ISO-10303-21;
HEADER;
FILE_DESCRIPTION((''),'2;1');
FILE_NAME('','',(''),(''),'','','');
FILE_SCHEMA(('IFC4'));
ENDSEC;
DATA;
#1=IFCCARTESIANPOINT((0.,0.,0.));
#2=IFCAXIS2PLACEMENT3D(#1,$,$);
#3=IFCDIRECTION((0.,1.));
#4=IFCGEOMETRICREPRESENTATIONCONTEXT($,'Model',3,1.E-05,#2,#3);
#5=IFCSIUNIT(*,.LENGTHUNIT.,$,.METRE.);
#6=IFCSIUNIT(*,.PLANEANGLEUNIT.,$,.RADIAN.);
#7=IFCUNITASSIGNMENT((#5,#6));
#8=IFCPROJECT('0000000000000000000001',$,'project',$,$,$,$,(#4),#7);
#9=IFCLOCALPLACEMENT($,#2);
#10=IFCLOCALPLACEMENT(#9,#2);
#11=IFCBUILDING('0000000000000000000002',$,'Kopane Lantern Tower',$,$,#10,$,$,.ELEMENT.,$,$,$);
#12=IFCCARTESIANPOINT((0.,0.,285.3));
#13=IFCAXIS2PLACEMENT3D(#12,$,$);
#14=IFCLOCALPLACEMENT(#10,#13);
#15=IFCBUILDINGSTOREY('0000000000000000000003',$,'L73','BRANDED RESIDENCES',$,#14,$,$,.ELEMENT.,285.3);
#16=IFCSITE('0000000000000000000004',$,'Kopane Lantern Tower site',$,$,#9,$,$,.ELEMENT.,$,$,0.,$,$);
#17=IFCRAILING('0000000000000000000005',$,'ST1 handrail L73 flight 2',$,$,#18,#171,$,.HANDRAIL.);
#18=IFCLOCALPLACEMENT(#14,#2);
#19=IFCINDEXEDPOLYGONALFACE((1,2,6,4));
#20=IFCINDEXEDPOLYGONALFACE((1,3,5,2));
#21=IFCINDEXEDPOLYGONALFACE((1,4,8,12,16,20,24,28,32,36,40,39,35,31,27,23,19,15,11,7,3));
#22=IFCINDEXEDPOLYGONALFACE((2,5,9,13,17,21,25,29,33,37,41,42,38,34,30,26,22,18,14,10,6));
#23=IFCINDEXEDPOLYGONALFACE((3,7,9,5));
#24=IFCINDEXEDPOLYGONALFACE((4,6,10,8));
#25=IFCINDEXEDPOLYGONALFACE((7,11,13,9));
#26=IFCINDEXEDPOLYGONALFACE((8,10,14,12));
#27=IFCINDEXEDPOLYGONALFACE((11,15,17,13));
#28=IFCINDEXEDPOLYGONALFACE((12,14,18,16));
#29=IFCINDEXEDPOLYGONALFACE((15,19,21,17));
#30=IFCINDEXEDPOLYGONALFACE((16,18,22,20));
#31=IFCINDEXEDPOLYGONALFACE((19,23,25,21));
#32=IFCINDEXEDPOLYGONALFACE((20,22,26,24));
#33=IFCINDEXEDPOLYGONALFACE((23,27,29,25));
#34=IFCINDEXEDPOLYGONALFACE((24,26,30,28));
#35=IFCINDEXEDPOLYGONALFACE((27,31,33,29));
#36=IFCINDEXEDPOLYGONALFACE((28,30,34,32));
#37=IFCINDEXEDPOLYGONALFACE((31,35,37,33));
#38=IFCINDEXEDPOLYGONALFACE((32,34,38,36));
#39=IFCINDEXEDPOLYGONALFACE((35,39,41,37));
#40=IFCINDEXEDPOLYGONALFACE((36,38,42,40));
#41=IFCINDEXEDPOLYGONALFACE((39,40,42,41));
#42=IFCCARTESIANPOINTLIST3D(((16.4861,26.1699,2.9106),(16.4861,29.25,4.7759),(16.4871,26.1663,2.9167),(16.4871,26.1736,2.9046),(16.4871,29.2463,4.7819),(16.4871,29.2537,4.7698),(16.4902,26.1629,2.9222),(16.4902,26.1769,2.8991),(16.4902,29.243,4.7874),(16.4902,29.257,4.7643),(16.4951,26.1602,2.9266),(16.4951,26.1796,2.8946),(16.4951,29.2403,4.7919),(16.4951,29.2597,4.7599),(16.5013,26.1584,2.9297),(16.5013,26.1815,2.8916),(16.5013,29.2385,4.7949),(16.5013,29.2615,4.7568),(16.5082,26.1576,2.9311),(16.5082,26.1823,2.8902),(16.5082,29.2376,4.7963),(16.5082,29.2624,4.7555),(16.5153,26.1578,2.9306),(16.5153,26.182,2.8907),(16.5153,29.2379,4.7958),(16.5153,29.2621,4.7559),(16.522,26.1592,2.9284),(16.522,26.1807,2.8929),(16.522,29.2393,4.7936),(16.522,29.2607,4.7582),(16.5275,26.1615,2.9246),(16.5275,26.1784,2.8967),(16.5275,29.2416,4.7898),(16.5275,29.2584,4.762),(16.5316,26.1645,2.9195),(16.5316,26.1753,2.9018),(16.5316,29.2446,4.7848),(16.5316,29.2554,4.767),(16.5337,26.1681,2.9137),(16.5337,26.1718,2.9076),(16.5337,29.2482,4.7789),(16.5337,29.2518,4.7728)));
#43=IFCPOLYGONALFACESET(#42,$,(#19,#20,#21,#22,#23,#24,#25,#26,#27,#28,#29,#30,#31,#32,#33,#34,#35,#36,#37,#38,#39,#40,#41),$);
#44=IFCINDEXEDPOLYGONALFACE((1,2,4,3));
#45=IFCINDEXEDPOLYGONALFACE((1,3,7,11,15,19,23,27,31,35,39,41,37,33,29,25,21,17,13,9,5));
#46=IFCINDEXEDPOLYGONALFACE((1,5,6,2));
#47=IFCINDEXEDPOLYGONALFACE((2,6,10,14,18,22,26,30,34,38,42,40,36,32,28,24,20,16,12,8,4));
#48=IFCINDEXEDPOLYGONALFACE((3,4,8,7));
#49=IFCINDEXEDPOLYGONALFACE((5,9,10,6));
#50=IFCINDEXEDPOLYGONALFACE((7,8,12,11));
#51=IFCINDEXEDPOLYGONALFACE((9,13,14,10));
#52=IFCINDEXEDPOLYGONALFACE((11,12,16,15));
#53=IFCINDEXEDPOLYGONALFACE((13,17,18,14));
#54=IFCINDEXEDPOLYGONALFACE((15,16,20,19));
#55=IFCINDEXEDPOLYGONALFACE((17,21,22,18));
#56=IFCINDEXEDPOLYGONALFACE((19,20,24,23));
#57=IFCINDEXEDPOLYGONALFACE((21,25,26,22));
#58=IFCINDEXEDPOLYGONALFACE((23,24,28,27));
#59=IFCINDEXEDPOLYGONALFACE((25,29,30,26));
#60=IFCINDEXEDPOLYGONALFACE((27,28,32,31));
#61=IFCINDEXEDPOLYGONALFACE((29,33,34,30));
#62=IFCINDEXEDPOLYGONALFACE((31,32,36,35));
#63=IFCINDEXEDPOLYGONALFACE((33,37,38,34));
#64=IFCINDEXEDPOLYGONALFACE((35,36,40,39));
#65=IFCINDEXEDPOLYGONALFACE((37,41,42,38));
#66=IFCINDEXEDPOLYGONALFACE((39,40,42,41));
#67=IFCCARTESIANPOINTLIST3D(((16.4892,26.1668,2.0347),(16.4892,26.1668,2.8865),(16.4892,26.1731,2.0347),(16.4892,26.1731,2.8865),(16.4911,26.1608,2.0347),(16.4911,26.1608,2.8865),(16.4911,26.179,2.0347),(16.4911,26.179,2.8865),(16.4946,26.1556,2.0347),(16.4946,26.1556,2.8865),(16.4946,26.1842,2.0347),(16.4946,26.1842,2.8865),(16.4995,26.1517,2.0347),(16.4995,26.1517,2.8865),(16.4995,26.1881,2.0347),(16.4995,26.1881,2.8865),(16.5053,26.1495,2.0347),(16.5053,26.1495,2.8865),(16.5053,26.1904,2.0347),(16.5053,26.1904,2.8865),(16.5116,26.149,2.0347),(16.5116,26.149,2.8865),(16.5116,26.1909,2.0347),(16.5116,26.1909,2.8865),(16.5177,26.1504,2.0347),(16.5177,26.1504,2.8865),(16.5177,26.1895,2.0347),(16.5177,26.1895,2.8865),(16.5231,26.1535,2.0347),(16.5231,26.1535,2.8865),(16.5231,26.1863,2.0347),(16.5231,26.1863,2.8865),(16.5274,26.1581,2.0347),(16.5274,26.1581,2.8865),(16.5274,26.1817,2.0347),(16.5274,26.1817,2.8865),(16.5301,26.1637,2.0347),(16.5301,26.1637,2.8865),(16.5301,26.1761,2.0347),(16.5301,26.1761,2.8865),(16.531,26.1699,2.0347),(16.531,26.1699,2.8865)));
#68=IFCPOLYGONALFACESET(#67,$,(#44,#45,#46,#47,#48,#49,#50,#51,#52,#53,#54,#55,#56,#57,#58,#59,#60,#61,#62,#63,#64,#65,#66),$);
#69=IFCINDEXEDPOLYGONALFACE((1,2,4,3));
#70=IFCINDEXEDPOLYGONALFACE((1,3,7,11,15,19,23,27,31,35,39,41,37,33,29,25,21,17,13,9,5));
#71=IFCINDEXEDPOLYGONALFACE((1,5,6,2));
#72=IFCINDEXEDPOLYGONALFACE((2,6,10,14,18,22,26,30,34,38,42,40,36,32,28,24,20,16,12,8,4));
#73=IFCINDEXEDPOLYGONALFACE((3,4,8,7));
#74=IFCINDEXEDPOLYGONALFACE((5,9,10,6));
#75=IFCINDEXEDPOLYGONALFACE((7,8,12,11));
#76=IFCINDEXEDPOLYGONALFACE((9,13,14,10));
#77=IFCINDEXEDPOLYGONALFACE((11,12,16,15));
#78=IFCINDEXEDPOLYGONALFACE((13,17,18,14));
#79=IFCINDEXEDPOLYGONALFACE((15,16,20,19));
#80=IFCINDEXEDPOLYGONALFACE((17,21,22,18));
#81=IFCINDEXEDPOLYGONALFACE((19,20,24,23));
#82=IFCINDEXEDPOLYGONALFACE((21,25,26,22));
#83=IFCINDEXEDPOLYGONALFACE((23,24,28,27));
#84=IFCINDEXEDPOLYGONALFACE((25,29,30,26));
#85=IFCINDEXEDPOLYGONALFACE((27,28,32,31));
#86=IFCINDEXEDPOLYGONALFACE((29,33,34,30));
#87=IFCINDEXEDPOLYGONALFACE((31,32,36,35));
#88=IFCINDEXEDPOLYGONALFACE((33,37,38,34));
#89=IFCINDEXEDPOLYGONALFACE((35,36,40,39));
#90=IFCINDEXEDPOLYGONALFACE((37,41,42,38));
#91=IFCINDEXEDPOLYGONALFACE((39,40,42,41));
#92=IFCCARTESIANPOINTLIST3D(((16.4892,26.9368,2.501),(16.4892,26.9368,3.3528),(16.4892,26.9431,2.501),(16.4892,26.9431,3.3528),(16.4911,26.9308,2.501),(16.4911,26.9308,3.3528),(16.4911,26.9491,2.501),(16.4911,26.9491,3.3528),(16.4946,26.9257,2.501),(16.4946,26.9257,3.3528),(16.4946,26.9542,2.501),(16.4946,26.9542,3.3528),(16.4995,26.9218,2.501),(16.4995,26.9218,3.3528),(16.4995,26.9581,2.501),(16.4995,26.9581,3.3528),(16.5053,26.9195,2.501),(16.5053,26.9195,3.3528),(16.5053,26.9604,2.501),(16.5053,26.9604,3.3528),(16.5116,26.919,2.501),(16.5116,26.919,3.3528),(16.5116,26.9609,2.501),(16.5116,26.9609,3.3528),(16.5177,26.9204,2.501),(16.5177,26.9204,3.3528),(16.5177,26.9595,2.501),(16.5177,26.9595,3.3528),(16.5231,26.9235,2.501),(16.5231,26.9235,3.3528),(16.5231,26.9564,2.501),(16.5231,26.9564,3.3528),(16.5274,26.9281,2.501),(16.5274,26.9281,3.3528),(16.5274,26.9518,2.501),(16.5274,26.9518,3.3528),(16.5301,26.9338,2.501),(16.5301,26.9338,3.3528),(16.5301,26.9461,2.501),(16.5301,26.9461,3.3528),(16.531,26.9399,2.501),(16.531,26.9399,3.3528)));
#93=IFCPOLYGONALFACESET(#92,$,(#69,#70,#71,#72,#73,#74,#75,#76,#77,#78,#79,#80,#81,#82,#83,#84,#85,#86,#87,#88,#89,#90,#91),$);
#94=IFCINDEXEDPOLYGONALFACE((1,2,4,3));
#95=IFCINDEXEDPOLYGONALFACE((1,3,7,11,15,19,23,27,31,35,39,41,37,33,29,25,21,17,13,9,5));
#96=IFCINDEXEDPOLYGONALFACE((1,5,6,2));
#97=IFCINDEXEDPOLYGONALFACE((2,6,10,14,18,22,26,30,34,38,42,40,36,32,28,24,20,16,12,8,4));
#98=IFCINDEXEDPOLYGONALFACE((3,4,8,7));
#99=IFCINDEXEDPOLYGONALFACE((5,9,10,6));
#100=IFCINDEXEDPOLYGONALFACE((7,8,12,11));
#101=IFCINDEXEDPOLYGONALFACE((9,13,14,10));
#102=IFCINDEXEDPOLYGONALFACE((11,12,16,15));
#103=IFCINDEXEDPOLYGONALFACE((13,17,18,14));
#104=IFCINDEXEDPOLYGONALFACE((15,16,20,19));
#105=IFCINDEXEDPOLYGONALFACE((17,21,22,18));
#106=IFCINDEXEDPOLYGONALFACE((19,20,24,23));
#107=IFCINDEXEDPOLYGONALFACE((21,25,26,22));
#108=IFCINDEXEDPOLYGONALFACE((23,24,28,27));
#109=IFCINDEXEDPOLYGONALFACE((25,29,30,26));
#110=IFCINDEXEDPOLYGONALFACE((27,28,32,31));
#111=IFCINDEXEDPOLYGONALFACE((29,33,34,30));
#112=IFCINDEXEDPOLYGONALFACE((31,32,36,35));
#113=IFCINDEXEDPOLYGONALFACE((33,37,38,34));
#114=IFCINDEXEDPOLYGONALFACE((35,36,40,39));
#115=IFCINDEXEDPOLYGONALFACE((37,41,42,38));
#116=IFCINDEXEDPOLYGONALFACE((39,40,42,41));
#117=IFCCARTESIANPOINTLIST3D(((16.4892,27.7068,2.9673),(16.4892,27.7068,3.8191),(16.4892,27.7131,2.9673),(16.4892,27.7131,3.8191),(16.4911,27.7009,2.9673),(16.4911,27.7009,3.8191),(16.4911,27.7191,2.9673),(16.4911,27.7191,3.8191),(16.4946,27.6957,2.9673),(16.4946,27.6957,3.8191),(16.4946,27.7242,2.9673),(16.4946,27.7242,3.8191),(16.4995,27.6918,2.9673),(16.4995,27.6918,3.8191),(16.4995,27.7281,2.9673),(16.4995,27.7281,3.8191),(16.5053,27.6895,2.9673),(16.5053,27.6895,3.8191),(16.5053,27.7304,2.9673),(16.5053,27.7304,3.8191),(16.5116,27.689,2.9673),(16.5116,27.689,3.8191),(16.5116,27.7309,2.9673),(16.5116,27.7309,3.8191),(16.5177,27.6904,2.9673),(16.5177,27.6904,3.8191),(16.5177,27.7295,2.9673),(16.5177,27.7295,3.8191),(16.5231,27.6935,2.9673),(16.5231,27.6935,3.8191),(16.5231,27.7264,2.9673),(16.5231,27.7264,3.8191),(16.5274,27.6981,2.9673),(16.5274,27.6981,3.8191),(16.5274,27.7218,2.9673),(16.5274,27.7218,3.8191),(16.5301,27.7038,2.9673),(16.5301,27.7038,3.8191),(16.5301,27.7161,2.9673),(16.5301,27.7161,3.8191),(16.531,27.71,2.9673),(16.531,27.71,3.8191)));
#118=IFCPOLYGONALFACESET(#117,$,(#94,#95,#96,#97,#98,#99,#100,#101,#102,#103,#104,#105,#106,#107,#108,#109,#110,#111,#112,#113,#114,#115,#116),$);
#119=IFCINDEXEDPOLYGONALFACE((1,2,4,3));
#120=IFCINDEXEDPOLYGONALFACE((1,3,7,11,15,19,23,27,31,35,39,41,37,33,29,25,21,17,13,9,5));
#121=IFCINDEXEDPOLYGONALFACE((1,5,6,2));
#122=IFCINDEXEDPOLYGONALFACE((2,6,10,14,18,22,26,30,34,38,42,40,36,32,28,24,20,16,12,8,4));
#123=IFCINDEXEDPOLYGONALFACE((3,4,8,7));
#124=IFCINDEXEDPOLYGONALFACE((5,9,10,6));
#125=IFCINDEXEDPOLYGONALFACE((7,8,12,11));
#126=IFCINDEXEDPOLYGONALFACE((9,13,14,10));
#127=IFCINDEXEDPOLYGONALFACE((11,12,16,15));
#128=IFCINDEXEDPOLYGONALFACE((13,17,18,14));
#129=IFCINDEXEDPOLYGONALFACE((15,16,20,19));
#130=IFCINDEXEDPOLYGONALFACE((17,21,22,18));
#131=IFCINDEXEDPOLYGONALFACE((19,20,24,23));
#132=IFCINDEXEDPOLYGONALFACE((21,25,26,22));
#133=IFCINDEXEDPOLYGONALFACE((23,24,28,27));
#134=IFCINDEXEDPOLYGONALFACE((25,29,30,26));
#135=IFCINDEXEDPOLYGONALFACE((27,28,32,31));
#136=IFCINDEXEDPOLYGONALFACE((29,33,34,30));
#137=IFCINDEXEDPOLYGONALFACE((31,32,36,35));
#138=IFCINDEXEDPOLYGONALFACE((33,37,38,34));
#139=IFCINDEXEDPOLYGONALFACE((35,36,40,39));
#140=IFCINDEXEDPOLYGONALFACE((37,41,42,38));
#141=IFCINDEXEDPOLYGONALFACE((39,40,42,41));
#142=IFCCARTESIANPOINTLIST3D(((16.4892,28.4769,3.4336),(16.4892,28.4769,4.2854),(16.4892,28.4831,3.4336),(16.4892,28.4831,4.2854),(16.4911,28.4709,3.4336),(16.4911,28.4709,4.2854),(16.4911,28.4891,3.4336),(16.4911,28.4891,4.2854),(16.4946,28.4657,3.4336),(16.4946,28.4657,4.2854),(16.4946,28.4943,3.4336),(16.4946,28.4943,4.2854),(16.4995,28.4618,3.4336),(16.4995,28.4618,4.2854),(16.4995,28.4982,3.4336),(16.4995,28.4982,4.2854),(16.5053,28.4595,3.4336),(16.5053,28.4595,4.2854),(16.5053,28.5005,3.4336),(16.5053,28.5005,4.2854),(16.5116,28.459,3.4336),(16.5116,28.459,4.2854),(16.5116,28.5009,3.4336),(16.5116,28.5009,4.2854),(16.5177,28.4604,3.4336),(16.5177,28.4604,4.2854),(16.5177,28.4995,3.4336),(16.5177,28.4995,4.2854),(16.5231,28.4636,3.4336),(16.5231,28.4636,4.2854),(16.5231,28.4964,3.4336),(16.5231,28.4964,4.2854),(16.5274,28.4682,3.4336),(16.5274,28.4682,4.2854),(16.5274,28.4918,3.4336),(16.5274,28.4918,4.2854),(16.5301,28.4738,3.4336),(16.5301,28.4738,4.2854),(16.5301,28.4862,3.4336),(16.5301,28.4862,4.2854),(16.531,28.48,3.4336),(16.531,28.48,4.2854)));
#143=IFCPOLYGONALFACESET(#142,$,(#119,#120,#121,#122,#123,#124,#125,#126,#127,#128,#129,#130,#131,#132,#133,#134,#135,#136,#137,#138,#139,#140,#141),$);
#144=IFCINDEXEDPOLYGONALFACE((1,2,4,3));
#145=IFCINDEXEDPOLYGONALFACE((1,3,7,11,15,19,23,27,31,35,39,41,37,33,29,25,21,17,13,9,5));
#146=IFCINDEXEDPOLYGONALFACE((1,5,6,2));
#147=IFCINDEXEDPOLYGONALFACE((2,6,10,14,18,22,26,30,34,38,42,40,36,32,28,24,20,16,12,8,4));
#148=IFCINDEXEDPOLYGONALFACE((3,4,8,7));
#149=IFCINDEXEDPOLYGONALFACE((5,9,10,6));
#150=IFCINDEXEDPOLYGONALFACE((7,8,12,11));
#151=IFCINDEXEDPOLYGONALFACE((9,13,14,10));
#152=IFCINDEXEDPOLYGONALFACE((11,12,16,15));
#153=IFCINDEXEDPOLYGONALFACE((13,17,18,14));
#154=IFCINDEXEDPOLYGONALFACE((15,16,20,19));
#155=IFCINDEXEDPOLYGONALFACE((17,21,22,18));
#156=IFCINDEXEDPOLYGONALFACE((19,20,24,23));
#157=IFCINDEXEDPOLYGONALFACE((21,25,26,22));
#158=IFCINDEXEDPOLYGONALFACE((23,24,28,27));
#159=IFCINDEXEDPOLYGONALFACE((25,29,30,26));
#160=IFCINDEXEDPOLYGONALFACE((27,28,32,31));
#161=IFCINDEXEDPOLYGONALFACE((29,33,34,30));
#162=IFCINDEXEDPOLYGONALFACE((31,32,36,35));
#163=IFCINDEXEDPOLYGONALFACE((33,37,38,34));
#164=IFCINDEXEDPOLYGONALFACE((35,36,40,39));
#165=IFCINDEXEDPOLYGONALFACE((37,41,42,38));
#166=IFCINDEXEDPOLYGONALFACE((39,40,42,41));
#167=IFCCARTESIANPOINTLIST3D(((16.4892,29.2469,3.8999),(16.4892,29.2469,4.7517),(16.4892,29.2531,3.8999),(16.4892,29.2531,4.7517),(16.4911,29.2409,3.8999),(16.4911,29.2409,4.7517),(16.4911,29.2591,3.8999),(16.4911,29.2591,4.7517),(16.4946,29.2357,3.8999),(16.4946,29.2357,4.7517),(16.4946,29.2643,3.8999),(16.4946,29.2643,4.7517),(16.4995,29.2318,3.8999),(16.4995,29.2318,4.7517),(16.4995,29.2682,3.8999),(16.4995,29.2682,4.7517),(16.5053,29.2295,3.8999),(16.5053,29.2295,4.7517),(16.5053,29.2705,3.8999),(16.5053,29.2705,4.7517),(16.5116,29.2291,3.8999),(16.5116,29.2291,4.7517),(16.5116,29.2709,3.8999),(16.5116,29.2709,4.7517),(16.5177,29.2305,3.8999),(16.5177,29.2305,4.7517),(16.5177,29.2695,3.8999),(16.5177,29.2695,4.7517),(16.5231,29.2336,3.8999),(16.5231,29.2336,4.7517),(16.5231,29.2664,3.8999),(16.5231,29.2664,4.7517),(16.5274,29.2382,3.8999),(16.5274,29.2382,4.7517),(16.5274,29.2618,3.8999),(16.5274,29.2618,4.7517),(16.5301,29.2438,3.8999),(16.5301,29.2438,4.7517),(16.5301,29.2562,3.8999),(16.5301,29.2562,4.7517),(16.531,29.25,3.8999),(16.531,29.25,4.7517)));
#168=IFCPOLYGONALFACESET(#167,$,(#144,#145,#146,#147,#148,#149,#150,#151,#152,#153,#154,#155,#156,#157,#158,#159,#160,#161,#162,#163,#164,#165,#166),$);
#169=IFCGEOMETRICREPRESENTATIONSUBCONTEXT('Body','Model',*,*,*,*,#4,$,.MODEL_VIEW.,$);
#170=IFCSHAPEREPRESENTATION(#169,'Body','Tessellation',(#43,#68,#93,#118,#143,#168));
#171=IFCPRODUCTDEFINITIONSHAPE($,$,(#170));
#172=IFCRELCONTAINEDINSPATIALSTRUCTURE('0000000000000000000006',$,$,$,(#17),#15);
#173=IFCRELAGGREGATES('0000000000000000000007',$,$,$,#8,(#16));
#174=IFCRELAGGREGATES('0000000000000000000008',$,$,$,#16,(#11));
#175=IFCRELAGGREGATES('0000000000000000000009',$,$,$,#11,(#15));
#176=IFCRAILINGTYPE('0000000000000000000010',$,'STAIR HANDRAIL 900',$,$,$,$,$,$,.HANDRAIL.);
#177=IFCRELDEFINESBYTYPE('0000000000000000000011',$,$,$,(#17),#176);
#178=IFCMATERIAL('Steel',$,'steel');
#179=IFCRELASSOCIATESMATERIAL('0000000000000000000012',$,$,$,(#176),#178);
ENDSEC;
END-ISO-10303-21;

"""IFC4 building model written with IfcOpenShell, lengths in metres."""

from ifc_helpers import new_model, si_unit, direction, frame, origin, origin_2d, place, context, subcontext, project, spatial, circle, extrude, material, type_object, element, save


model = new_model("IFC4")

# Units and contexts
model_context = context("Model", 3, precision=1e-05, world=origin(), true_north=direction((0.0, 1.0)))
body_context = subcontext(model_context, "Body", "Model", "MODEL_VIEW")
ifc_project = project(units=[si_unit("LENGTHUNIT", "METRE"), si_unit("PLANEANGLEUNIT", "RADIAN")], contexts=[model_context])

# Site, building, storey
site_placement = place(None, origin())
site = spatial("IfcSite", under=ifc_project, at=site_placement, Name="Kopane Lantern Tower site", CompositionType="ELEMENT", RefElevation=0.0)
building_placement = place(site_placement, origin())
building = spatial("IfcBuilding", under=site, at=building_placement, Name="Kopane Lantern Tower", CompositionType="ELEMENT")
storey_placement = place(building_placement, frame((0.0, 0.0, 285.3)))
storey = spatial("IfcBuildingStorey", under=building, at=storey_placement, Name="L73", Description="BRANDED RESIDENCES", CompositionType="ELEMENT", Elevation=285.3)

# Railing
ifc_material_1 = material(Name="Steel", Category="steel")
railing_type_1 = type_object("IfcRailingType", Name="STAIR HANDRAIL 900", PredefinedType="HANDRAIL", material=ifc_material_1)
for number, where, name in (
    (1, (16.51, 26.1699, 2.0347), "ST1 handrail L73 flight 2"),
):
    element("IfcRailing", number, at=place(storey_placement, frame(where)), inside=storey, type_object=railing_type_1, Name=name, PredefinedType="HANDRAIL", context=body_context, shape_type="SweptSolid", body=[
        extrude(circle(Radius=0.0239, at=origin_2d()), frame((0.0, 0.0, 0.876), z_axis=(0.0, 0.85538, 0.518001), x_axis=(-1.0, 0.0, 0.0)), (0.0, 0.0, 1.0), 3.6008),
        extrude(circle(Radius=0.021, at=origin_2d()), origin(), (0.0, 0.0, 1.0), 0.8518),
        extrude(circle(Radius=0.021, at=origin_2d()), frame((0.0, 0.77, 0.4663)), (0.0, 0.0, 1.0), 0.8518),
        extrude(circle(Radius=0.021, at=origin_2d()), frame((0.0, 1.54, 0.9326)), (0.0, 0.0, 1.0), 0.8518),
        extrude(circle(Radius=0.021, at=origin_2d()), frame((0.0, 2.3101, 1.3989)), (0.0, 0.0, 1.0), 0.8518),
        extrude(circle(Radius=0.021, at=origin_2d()), frame((0.0, 3.0801, 1.8652)), (0.0, 0.0, 1.0), 0.8518),
    ])

save(model, "model.ifc")
